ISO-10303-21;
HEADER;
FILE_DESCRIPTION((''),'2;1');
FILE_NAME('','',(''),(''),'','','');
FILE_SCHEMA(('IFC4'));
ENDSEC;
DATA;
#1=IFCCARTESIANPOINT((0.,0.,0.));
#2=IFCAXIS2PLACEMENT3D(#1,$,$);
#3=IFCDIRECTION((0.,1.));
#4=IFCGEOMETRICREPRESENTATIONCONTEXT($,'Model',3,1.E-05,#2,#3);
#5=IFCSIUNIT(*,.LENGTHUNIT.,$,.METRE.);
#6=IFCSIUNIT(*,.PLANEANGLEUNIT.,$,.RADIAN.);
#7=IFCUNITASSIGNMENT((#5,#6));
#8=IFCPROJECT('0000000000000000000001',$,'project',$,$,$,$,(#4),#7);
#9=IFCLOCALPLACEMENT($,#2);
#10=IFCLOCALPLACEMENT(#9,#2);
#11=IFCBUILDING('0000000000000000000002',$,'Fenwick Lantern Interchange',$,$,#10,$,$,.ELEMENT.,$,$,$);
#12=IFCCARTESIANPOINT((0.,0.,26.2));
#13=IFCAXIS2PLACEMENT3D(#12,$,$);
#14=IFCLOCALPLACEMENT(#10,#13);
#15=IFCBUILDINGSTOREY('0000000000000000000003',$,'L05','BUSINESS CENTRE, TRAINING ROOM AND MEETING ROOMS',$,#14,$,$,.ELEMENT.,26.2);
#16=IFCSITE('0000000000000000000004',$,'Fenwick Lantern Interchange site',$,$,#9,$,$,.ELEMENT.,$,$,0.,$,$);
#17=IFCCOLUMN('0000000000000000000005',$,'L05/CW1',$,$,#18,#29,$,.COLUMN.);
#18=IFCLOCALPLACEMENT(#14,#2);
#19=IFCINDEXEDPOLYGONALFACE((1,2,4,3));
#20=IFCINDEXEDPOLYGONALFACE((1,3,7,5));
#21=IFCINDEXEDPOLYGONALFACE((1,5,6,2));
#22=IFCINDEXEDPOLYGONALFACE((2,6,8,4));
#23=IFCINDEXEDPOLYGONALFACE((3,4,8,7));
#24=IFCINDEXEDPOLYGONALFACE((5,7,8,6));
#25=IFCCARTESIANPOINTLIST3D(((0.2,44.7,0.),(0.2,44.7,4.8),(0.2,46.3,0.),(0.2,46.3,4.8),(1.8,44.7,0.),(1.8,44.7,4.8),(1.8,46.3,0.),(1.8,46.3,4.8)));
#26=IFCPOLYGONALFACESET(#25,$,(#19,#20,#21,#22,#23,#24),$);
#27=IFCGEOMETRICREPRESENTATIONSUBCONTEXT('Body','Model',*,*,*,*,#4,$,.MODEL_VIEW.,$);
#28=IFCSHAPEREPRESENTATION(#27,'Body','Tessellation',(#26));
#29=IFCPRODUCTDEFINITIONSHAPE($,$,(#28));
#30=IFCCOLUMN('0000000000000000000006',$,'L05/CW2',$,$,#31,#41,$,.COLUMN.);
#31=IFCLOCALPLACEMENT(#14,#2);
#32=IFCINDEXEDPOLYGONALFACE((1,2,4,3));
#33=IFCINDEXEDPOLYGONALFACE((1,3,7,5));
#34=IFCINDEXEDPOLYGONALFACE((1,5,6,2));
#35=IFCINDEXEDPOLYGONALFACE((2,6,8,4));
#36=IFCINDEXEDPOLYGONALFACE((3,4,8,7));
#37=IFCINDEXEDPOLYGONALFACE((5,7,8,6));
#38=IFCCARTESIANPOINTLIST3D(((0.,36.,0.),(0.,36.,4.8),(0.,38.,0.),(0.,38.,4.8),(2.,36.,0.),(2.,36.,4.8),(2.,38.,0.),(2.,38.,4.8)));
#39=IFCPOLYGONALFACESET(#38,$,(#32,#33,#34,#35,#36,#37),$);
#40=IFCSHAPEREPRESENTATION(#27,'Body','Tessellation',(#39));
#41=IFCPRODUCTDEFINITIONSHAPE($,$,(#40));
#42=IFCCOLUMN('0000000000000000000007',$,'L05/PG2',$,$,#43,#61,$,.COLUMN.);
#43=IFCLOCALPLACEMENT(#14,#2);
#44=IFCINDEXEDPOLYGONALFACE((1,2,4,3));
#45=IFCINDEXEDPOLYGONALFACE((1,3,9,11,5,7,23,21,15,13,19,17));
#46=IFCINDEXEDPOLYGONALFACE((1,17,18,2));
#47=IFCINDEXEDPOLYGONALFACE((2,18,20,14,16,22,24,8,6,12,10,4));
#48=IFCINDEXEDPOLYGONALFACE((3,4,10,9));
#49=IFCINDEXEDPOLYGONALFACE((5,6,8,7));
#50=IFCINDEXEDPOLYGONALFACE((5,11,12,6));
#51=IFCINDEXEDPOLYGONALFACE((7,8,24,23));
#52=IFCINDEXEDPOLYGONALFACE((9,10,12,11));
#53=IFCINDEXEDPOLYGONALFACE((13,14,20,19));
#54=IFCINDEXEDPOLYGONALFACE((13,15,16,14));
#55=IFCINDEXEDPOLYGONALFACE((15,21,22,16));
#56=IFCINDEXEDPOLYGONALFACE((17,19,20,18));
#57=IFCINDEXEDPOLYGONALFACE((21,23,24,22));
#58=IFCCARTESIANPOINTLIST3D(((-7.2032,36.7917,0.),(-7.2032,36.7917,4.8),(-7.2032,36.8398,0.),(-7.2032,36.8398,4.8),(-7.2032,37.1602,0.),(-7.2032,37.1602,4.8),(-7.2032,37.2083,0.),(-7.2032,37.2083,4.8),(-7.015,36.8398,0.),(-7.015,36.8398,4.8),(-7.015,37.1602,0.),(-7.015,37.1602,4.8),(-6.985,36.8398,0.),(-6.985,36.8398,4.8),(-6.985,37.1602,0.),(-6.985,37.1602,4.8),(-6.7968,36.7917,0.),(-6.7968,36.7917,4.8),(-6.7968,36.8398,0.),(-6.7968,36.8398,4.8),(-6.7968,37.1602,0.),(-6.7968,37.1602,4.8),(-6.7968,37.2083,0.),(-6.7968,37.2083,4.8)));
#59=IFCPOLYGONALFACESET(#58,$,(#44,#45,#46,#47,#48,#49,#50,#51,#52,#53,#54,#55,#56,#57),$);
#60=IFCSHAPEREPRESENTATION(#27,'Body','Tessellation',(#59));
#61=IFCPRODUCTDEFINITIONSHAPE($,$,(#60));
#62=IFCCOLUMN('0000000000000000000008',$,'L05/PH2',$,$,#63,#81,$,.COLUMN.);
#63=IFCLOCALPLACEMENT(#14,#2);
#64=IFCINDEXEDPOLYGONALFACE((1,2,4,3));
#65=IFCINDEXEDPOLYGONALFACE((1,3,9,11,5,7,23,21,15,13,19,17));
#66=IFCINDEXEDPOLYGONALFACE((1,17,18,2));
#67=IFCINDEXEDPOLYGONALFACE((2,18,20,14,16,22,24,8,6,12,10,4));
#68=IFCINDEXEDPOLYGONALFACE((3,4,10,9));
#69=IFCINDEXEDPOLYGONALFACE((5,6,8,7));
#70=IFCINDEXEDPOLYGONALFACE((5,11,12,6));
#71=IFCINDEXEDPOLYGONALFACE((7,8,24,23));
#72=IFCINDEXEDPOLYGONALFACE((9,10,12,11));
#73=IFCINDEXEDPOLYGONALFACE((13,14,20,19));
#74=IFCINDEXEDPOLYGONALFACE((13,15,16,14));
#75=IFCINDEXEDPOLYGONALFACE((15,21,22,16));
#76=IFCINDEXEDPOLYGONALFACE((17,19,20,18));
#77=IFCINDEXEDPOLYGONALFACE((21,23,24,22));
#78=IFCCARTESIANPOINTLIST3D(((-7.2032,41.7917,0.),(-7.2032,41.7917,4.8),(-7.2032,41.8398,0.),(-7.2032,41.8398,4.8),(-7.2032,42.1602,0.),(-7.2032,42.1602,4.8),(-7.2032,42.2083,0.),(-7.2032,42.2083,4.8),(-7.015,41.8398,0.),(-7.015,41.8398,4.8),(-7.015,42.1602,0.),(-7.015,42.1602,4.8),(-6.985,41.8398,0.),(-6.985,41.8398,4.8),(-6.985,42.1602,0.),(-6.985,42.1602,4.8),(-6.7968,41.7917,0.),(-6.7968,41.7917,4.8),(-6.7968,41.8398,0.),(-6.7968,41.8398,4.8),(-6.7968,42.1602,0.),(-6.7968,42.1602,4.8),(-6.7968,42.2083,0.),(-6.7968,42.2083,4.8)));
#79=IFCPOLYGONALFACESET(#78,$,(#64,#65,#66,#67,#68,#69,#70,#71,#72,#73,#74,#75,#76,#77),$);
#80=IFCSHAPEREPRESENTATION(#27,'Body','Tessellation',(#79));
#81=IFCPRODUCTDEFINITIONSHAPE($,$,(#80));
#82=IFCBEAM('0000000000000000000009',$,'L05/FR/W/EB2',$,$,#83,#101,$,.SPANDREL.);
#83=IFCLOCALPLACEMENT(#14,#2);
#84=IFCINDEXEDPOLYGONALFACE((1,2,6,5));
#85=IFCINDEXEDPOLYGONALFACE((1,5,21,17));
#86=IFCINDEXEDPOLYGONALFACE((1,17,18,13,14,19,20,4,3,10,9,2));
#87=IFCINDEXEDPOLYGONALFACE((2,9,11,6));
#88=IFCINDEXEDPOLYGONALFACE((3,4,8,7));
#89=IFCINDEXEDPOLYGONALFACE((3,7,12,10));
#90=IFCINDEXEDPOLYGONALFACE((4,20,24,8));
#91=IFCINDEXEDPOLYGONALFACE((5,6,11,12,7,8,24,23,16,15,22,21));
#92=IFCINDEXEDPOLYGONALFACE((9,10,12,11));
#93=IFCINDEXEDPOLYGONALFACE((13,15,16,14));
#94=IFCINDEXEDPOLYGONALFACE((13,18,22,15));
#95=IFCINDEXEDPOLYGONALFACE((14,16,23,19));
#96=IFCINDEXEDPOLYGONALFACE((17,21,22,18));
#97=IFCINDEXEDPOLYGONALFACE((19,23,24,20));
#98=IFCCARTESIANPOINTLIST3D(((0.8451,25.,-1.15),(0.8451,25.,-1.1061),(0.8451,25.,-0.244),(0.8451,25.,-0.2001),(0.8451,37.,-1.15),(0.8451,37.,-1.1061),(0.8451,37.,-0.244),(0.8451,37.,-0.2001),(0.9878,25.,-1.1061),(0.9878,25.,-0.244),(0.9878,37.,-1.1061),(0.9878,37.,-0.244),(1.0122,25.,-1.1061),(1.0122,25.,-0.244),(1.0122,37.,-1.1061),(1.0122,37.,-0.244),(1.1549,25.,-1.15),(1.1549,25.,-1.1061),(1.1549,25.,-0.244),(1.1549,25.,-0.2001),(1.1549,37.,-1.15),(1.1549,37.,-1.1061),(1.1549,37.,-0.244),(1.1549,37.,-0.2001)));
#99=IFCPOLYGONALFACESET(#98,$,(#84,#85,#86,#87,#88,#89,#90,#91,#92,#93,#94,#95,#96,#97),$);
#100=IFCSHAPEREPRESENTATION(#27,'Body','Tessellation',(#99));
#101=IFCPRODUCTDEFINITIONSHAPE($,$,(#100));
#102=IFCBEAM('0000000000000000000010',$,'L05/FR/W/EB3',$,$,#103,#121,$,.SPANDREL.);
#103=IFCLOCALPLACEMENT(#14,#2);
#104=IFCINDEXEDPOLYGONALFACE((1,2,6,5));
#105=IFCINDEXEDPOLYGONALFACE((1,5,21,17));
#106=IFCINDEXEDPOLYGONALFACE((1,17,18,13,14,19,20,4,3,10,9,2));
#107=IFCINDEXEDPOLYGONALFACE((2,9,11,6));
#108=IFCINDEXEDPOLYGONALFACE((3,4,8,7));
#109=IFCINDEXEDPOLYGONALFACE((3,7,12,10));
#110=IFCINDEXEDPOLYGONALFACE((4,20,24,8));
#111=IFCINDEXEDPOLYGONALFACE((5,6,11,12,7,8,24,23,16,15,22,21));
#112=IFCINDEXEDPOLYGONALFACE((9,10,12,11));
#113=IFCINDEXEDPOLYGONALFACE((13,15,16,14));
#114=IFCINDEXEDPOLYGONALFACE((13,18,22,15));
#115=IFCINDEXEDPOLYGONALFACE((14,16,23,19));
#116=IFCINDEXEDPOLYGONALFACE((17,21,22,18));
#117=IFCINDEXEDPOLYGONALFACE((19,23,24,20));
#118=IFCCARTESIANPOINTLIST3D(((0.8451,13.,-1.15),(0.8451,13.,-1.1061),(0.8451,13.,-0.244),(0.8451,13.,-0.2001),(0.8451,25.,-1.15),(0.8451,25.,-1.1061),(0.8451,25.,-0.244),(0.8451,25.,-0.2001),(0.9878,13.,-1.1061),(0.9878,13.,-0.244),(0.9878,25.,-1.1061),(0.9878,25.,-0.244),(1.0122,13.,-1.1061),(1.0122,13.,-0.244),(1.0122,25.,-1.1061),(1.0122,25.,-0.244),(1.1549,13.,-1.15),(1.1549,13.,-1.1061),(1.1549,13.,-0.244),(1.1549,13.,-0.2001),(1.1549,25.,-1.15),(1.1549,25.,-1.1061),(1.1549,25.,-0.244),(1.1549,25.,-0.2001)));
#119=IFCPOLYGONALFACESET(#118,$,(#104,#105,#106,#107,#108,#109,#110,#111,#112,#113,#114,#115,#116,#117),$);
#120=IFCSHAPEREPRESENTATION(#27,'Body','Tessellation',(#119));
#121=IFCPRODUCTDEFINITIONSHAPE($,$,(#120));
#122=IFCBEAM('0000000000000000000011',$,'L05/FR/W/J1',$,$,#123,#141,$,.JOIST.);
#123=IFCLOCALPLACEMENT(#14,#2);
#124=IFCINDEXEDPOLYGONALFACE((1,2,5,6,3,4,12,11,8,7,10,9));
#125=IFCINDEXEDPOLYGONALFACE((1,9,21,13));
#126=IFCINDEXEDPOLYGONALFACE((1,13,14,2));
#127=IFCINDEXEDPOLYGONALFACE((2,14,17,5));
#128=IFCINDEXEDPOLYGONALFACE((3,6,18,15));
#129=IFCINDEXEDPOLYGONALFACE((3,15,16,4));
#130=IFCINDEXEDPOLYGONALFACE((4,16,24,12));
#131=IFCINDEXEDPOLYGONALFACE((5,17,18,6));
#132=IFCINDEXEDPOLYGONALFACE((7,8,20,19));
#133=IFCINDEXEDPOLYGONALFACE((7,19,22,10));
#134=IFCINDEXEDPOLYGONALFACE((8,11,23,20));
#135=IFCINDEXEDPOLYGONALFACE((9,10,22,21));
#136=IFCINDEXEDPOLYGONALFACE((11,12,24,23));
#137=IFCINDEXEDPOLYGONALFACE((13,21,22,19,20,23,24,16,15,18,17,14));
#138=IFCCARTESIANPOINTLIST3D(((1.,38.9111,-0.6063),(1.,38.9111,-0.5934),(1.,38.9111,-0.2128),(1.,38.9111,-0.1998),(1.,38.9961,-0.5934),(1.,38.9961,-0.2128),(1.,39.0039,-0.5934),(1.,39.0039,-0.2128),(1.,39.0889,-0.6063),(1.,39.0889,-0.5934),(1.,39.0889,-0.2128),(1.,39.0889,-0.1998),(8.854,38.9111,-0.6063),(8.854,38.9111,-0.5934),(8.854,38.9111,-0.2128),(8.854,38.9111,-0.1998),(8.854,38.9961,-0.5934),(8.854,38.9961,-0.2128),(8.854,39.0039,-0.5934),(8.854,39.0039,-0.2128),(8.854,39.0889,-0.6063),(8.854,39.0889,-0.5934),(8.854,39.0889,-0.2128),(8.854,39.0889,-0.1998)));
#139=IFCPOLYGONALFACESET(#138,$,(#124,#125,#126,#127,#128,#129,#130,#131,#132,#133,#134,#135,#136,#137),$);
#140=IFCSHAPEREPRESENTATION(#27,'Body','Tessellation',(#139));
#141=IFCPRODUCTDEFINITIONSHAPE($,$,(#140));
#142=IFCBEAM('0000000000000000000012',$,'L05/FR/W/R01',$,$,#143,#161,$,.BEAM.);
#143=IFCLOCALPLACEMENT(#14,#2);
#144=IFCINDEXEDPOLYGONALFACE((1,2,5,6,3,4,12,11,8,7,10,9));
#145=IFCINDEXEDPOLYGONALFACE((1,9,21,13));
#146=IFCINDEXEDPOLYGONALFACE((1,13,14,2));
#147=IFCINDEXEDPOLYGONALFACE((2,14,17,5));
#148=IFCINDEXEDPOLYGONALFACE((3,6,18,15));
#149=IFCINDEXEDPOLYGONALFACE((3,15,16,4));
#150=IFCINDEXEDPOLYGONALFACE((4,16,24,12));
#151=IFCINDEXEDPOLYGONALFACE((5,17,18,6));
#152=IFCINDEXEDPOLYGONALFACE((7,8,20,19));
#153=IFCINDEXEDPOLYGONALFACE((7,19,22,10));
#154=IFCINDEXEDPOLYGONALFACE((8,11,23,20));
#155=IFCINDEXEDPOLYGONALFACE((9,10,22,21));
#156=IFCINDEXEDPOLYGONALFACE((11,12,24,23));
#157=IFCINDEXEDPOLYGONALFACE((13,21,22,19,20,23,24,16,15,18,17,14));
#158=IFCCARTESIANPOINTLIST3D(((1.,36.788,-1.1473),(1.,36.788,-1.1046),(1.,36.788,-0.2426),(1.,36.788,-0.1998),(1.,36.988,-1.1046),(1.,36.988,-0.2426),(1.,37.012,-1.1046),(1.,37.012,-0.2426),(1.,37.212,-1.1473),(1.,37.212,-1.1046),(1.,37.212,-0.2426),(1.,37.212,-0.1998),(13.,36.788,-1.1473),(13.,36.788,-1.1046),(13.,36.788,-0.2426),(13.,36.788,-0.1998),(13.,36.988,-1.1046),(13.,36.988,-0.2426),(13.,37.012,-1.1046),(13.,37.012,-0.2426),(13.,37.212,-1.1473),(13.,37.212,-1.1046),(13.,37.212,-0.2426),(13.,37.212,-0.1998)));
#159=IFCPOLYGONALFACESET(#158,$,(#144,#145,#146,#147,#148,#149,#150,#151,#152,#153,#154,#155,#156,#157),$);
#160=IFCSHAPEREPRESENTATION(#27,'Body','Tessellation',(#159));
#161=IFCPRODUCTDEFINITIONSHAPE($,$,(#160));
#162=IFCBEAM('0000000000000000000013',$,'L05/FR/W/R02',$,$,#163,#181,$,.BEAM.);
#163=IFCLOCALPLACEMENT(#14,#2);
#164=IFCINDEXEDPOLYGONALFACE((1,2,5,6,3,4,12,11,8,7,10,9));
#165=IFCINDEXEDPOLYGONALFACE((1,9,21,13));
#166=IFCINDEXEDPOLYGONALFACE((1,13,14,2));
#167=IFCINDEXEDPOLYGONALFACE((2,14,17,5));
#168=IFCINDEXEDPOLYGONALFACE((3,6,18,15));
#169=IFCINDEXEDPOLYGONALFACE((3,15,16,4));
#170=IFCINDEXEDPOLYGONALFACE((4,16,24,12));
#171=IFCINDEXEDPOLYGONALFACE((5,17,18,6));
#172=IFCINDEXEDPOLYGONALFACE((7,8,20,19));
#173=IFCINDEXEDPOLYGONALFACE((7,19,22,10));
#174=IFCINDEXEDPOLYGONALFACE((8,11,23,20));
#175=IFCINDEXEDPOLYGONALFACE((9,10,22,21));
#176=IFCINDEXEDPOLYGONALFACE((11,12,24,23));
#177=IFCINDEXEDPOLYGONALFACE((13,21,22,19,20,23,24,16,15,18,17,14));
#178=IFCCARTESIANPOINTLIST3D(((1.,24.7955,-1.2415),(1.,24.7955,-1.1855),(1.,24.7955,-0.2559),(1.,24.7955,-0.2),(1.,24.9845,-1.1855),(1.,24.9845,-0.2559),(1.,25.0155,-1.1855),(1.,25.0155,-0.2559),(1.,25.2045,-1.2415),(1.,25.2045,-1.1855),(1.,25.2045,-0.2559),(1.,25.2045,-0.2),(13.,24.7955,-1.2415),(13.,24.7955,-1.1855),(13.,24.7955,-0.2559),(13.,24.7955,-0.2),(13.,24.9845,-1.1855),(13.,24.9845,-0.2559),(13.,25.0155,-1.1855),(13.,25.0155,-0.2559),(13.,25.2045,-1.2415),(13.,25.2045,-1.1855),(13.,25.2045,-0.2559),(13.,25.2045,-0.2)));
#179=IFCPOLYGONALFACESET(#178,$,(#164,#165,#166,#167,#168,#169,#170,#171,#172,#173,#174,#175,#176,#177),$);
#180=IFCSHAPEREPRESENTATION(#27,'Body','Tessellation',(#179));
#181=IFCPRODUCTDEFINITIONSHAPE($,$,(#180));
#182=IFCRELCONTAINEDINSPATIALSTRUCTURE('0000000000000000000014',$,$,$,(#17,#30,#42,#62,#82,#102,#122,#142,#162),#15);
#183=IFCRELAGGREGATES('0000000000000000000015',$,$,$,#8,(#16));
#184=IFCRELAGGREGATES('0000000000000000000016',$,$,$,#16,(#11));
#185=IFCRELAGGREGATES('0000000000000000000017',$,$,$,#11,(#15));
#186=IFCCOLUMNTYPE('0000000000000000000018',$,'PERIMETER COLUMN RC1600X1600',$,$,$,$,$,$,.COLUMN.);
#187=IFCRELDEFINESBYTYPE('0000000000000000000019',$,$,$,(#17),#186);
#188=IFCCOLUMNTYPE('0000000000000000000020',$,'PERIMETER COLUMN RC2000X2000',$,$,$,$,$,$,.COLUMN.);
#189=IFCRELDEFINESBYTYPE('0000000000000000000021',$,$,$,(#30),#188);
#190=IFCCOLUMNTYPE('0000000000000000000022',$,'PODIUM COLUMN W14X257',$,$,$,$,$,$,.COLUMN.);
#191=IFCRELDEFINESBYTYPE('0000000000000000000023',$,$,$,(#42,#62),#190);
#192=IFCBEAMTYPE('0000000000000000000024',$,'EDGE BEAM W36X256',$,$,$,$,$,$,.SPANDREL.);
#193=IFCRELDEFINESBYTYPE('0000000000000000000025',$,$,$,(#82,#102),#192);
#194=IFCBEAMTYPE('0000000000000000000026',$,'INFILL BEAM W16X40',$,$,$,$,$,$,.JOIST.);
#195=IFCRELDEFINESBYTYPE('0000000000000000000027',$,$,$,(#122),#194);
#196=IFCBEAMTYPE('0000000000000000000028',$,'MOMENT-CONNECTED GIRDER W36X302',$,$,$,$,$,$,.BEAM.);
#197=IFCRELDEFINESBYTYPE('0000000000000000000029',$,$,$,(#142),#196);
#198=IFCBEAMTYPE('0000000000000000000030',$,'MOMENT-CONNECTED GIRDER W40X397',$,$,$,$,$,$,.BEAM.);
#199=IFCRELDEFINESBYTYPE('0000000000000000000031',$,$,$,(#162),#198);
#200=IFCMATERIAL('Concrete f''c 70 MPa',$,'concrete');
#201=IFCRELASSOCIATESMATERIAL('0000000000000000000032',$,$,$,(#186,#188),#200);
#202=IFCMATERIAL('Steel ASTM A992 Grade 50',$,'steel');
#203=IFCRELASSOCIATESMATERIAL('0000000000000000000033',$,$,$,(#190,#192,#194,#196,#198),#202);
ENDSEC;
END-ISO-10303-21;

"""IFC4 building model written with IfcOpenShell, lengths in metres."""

from ifc_helpers import new_model, si_unit, direction, frame, origin, origin_2d, place, context, subcontext, project, spatial, rectangle, i_section, extrude, material, material_profile, profile_set, type_object, element, save


model = new_model("IFC4")

# Units and contexts
model_context = context("Model", 3, precision=1e-05, world=origin(), true_north=direction((0.0, 1.0)))
body_context = subcontext(model_context, "Body", "Model", "MODEL_VIEW")
ifc_project = project(units=[si_unit("LENGTHUNIT", "METRE"), si_unit("PLANEANGLEUNIT", "RADIAN")], contexts=[model_context])

# Site, building, storey
site_placement = place(None, origin())
site = spatial("IfcSite", under=ifc_project, at=site_placement, Name="Fenwick Lantern Interchange site", CompositionType="ELEMENT", RefElevation=0.0)
building_placement = place(site_placement, origin())
building = spatial("IfcBuilding", under=site, at=building_placement, Name="Fenwick Lantern Interchange", CompositionType="ELEMENT")
storey_placement = place(building_placement, frame((0.0, 0.0, 26.2)))
storey = spatial("IfcBuildingStorey", under=building, at=storey_placement, Name="L05", Description="BUSINESS CENTRE, TRAINING ROOM AND MEETING ROOMS", CompositionType="ELEMENT", Elevation=26.2)

# Columns
ifc_material_1 = material(Name="Concrete f'c 70 MPa", Category="concrete")
ifc_material_profile_1 = material_profile(ifc_material_1, rectangle(XDim=1.6001, YDim=1.6001, at=origin_2d()), Name="RC1600X1600")
ifc_profile_set_1 = profile_set([ifc_material_profile_1], Name="Concrete f'c 70 MPa")
column_type_1 = type_object("IfcColumnType", Name="PERIMETER COLUMN RC1600X1600", PredefinedType="COLUMN", material=ifc_profile_set_1)
column_1_placement = place(storey_placement, frame((1.0, 45.5, 0.0), z_axis=(0.0, 0.0, 1.0), x_axis=(1.0, 0.0, 0.0)))
element("IfcColumn", 1, at=column_1_placement, inside=storey, type_object=column_type_1, Name="L05/CW1", PredefinedType="COLUMN", context=body_context, shape_type="SweptSolid", body=[
    extrude(rectangle(XDim=1.6001, YDim=1.6001, at=origin_2d()), origin(), (0.0, 0.0, 1.0), 4.8),
])
ifc_material_profile_2 = material_profile(ifc_material_1, rectangle(XDim=2.0, YDim=2.0, at=origin_2d()), Name="RC2000X2000")
ifc_profile_set_2 = profile_set([ifc_material_profile_2], Name="Concrete f'c 70 MPa")
column_type_2 = type_object("IfcColumnType", Name="PERIMETER COLUMN RC2000X2000", PredefinedType="COLUMN", material=ifc_profile_set_2)
column_2_placement = place(storey_placement, frame((1.0, 37.0, 0.0), z_axis=(0.0, 0.0, 1.0), x_axis=(1.0, 0.0, 0.0)))
element("IfcColumn", 2, at=column_2_placement, inside=storey, type_object=column_type_2, Name="L05/CW2", PredefinedType="COLUMN", context=body_context, shape_type="SweptSolid", body=[
    extrude(rectangle(XDim=2.0, YDim=2.0, at=origin_2d()), origin(), (0.0, 0.0, 1.0), 4.8),
])
ifc_material_2 = material(Name="Steel ASTM A992 Grade 50", Category="steel")
ifc_material_profile_3 = material_profile(ifc_material_2, i_section(OverallWidth=0.4065, OverallDepth=0.4165, WebThickness=0.03, FlangeThickness=0.0481, at=origin_2d()), Name="W14X257")
ifc_profile_set_3 = profile_set([ifc_material_profile_3], Name="Steel ASTM A992 Grade 50")
column_type_3 = type_object("IfcColumnType", Name="PODIUM COLUMN W14X257", PredefinedType="COLUMN", material=ifc_profile_set_3)
for number, where, z_axis, x_axis, name in (
    (3, (-7.0, 37.0, 0.0), (0.0, 0.0, 1.0), (1.0, 0.0, 0.0), "L05/PG2"),
    (4, (-7.0, 42.0, 0.0), (0.0, 0.0, 1.0), (1.0, 0.0, 0.0), "L05/PH2"),
):
    element("IfcColumn", number, at=place(storey_placement, frame(where, z_axis=z_axis, x_axis=x_axis)), inside=storey, type_object=column_type_3, Name=name, PredefinedType="COLUMN", context=body_context, shape_type="SweptSolid", body=[
        extrude(i_section(OverallWidth=0.4065, OverallDepth=0.4165, WebThickness=0.03, FlangeThickness=0.0481, at=origin_2d()), origin(), (0.0, 0.0, 1.0), 4.8),
    ])

# Beams
ifc_material_profile_4 = material_profile(ifc_material_2, i_section(OverallWidth=0.3098, OverallDepth=0.95, WebThickness=0.0244, FlangeThickness=0.0439, at=origin_2d()), Name="W36X256")
ifc_profile_set_4 = profile_set([ifc_material_profile_4], Name="Steel ASTM A992 Grade 50")
beam_type_1 = type_object("IfcBeamType", Name="EDGE BEAM W36X256", PredefinedType="SPANDREL", material=ifc_profile_set_4)
for number, where, z_axis, x_axis, name in (
    (5, (1.0, 37.0, -0.675), (0.0, -1.0, 0.0), (1.0, 0.0, 0.0), "L05/FR/W/EB2"),
    (6, (1.0, 25.0, -0.675), (0.0, -1.0, 0.0), (1.0, 0.0, 0.0), "L05/FR/W/EB3"),
):
    element("IfcBeam", number, at=place(storey_placement, frame(where, z_axis=z_axis, x_axis=x_axis)), inside=storey, type_object=beam_type_1, Name=name, PredefinedType="SPANDREL", context=body_context, shape_type="SweptSolid", body=[
        extrude(i_section(OverallWidth=0.3098, OverallDepth=0.95, WebThickness=0.0244, FlangeThickness=0.0439, at=origin_2d()), origin(), (0.0, 0.0, 1.0), 12.0),
    ])
ifc_material_profile_5 = material_profile(ifc_material_2, i_section(OverallWidth=0.1777, OverallDepth=0.4065, WebThickness=0.0078, FlangeThickness=0.0129, at=origin_2d()), Name="W16X40")
ifc_profile_set_5 = profile_set([ifc_material_profile_5], Name="Steel ASTM A992 Grade 50")
beam_type_2 = type_object("IfcBeamType", Name="INFILL BEAM W16X40", PredefinedType="JOIST", material=ifc_profile_set_5)
beam_1_placement = place(storey_placement, frame((1.0, 39.0, -0.4031), z_axis=(1.0, 0.0, 0.0), x_axis=(0.0, 1.0, 0.0)))
element("IfcBeam", 7, at=beam_1_placement, inside=storey, type_object=beam_type_2, Name="L05/FR/W/J1", PredefinedType="JOIST", context=body_context, shape_type="SweptSolid", body=[
    extrude(i_section(OverallWidth=0.1777, OverallDepth=0.4065, WebThickness=0.0078, FlangeThickness=0.0129, at=origin_2d()), origin(), (0.0, 0.0, 1.0), 7.854),
])
ifc_material_profile_6 = material_profile(ifc_material_2, i_section(OverallWidth=0.4241, OverallDepth=0.9475, WebThickness=0.0239, FlangeThickness=0.0427, at=origin_2d()), Name="W36X302")
ifc_profile_set_6 = profile_set([ifc_material_profile_6], Name="Steel ASTM A992 Grade 50")
beam_type_3 = type_object("IfcBeamType", Name="MOMENT-CONNECTED GIRDER W36X302", PredefinedType="BEAM", material=ifc_profile_set_6)
beam_2_placement = place(storey_placement, frame((1.0, 37.0, -0.6736), z_axis=(1.0, 0.0, 0.0), x_axis=(0.0, 1.0, 0.0)))
element("IfcBeam", 8, at=beam_2_placement, inside=storey, type_object=beam_type_3, Name="L05/FR/W/R01", PredefinedType="BEAM", context=body_context, shape_type="SweptSolid", body=[
    extrude(i_section(OverallWidth=0.4241, OverallDepth=0.9475, WebThickness=0.0239, FlangeThickness=0.0427, at=origin_2d()), origin(), (0.0, 0.0, 1.0), 12.0),
])
ifc_material_profile_7 = material_profile(ifc_material_2, i_section(OverallWidth=0.4089, OverallDepth=1.0415, WebThickness=0.031, FlangeThickness=0.0559, at=origin_2d()), Name="W40X397")
ifc_profile_set_7 = profile_set([ifc_material_profile_7], Name="Steel ASTM A992 Grade 50")
beam_type_4 = type_object("IfcBeamType", Name="MOMENT-CONNECTED GIRDER W40X397", PredefinedType="BEAM", material=ifc_profile_set_7)
beam_3_placement = place(storey_placement, frame((1.0, 25.0, -0.7207), z_axis=(1.0, 0.0, 0.0), x_axis=(0.0, 1.0, 0.0)))
element("IfcBeam", 9, at=beam_3_placement, inside=storey, type_object=beam_type_4, Name="L05/FR/W/R02", PredefinedType="BEAM", context=body_context, shape_type="SweptSolid", body=[
    extrude(i_section(OverallWidth=0.4089, OverallDepth=1.0415, WebThickness=0.031, FlangeThickness=0.0559, at=origin_2d()), origin(), (0.0, 0.0, 1.0), 12.0),
])

save(model, "model.ifc")
